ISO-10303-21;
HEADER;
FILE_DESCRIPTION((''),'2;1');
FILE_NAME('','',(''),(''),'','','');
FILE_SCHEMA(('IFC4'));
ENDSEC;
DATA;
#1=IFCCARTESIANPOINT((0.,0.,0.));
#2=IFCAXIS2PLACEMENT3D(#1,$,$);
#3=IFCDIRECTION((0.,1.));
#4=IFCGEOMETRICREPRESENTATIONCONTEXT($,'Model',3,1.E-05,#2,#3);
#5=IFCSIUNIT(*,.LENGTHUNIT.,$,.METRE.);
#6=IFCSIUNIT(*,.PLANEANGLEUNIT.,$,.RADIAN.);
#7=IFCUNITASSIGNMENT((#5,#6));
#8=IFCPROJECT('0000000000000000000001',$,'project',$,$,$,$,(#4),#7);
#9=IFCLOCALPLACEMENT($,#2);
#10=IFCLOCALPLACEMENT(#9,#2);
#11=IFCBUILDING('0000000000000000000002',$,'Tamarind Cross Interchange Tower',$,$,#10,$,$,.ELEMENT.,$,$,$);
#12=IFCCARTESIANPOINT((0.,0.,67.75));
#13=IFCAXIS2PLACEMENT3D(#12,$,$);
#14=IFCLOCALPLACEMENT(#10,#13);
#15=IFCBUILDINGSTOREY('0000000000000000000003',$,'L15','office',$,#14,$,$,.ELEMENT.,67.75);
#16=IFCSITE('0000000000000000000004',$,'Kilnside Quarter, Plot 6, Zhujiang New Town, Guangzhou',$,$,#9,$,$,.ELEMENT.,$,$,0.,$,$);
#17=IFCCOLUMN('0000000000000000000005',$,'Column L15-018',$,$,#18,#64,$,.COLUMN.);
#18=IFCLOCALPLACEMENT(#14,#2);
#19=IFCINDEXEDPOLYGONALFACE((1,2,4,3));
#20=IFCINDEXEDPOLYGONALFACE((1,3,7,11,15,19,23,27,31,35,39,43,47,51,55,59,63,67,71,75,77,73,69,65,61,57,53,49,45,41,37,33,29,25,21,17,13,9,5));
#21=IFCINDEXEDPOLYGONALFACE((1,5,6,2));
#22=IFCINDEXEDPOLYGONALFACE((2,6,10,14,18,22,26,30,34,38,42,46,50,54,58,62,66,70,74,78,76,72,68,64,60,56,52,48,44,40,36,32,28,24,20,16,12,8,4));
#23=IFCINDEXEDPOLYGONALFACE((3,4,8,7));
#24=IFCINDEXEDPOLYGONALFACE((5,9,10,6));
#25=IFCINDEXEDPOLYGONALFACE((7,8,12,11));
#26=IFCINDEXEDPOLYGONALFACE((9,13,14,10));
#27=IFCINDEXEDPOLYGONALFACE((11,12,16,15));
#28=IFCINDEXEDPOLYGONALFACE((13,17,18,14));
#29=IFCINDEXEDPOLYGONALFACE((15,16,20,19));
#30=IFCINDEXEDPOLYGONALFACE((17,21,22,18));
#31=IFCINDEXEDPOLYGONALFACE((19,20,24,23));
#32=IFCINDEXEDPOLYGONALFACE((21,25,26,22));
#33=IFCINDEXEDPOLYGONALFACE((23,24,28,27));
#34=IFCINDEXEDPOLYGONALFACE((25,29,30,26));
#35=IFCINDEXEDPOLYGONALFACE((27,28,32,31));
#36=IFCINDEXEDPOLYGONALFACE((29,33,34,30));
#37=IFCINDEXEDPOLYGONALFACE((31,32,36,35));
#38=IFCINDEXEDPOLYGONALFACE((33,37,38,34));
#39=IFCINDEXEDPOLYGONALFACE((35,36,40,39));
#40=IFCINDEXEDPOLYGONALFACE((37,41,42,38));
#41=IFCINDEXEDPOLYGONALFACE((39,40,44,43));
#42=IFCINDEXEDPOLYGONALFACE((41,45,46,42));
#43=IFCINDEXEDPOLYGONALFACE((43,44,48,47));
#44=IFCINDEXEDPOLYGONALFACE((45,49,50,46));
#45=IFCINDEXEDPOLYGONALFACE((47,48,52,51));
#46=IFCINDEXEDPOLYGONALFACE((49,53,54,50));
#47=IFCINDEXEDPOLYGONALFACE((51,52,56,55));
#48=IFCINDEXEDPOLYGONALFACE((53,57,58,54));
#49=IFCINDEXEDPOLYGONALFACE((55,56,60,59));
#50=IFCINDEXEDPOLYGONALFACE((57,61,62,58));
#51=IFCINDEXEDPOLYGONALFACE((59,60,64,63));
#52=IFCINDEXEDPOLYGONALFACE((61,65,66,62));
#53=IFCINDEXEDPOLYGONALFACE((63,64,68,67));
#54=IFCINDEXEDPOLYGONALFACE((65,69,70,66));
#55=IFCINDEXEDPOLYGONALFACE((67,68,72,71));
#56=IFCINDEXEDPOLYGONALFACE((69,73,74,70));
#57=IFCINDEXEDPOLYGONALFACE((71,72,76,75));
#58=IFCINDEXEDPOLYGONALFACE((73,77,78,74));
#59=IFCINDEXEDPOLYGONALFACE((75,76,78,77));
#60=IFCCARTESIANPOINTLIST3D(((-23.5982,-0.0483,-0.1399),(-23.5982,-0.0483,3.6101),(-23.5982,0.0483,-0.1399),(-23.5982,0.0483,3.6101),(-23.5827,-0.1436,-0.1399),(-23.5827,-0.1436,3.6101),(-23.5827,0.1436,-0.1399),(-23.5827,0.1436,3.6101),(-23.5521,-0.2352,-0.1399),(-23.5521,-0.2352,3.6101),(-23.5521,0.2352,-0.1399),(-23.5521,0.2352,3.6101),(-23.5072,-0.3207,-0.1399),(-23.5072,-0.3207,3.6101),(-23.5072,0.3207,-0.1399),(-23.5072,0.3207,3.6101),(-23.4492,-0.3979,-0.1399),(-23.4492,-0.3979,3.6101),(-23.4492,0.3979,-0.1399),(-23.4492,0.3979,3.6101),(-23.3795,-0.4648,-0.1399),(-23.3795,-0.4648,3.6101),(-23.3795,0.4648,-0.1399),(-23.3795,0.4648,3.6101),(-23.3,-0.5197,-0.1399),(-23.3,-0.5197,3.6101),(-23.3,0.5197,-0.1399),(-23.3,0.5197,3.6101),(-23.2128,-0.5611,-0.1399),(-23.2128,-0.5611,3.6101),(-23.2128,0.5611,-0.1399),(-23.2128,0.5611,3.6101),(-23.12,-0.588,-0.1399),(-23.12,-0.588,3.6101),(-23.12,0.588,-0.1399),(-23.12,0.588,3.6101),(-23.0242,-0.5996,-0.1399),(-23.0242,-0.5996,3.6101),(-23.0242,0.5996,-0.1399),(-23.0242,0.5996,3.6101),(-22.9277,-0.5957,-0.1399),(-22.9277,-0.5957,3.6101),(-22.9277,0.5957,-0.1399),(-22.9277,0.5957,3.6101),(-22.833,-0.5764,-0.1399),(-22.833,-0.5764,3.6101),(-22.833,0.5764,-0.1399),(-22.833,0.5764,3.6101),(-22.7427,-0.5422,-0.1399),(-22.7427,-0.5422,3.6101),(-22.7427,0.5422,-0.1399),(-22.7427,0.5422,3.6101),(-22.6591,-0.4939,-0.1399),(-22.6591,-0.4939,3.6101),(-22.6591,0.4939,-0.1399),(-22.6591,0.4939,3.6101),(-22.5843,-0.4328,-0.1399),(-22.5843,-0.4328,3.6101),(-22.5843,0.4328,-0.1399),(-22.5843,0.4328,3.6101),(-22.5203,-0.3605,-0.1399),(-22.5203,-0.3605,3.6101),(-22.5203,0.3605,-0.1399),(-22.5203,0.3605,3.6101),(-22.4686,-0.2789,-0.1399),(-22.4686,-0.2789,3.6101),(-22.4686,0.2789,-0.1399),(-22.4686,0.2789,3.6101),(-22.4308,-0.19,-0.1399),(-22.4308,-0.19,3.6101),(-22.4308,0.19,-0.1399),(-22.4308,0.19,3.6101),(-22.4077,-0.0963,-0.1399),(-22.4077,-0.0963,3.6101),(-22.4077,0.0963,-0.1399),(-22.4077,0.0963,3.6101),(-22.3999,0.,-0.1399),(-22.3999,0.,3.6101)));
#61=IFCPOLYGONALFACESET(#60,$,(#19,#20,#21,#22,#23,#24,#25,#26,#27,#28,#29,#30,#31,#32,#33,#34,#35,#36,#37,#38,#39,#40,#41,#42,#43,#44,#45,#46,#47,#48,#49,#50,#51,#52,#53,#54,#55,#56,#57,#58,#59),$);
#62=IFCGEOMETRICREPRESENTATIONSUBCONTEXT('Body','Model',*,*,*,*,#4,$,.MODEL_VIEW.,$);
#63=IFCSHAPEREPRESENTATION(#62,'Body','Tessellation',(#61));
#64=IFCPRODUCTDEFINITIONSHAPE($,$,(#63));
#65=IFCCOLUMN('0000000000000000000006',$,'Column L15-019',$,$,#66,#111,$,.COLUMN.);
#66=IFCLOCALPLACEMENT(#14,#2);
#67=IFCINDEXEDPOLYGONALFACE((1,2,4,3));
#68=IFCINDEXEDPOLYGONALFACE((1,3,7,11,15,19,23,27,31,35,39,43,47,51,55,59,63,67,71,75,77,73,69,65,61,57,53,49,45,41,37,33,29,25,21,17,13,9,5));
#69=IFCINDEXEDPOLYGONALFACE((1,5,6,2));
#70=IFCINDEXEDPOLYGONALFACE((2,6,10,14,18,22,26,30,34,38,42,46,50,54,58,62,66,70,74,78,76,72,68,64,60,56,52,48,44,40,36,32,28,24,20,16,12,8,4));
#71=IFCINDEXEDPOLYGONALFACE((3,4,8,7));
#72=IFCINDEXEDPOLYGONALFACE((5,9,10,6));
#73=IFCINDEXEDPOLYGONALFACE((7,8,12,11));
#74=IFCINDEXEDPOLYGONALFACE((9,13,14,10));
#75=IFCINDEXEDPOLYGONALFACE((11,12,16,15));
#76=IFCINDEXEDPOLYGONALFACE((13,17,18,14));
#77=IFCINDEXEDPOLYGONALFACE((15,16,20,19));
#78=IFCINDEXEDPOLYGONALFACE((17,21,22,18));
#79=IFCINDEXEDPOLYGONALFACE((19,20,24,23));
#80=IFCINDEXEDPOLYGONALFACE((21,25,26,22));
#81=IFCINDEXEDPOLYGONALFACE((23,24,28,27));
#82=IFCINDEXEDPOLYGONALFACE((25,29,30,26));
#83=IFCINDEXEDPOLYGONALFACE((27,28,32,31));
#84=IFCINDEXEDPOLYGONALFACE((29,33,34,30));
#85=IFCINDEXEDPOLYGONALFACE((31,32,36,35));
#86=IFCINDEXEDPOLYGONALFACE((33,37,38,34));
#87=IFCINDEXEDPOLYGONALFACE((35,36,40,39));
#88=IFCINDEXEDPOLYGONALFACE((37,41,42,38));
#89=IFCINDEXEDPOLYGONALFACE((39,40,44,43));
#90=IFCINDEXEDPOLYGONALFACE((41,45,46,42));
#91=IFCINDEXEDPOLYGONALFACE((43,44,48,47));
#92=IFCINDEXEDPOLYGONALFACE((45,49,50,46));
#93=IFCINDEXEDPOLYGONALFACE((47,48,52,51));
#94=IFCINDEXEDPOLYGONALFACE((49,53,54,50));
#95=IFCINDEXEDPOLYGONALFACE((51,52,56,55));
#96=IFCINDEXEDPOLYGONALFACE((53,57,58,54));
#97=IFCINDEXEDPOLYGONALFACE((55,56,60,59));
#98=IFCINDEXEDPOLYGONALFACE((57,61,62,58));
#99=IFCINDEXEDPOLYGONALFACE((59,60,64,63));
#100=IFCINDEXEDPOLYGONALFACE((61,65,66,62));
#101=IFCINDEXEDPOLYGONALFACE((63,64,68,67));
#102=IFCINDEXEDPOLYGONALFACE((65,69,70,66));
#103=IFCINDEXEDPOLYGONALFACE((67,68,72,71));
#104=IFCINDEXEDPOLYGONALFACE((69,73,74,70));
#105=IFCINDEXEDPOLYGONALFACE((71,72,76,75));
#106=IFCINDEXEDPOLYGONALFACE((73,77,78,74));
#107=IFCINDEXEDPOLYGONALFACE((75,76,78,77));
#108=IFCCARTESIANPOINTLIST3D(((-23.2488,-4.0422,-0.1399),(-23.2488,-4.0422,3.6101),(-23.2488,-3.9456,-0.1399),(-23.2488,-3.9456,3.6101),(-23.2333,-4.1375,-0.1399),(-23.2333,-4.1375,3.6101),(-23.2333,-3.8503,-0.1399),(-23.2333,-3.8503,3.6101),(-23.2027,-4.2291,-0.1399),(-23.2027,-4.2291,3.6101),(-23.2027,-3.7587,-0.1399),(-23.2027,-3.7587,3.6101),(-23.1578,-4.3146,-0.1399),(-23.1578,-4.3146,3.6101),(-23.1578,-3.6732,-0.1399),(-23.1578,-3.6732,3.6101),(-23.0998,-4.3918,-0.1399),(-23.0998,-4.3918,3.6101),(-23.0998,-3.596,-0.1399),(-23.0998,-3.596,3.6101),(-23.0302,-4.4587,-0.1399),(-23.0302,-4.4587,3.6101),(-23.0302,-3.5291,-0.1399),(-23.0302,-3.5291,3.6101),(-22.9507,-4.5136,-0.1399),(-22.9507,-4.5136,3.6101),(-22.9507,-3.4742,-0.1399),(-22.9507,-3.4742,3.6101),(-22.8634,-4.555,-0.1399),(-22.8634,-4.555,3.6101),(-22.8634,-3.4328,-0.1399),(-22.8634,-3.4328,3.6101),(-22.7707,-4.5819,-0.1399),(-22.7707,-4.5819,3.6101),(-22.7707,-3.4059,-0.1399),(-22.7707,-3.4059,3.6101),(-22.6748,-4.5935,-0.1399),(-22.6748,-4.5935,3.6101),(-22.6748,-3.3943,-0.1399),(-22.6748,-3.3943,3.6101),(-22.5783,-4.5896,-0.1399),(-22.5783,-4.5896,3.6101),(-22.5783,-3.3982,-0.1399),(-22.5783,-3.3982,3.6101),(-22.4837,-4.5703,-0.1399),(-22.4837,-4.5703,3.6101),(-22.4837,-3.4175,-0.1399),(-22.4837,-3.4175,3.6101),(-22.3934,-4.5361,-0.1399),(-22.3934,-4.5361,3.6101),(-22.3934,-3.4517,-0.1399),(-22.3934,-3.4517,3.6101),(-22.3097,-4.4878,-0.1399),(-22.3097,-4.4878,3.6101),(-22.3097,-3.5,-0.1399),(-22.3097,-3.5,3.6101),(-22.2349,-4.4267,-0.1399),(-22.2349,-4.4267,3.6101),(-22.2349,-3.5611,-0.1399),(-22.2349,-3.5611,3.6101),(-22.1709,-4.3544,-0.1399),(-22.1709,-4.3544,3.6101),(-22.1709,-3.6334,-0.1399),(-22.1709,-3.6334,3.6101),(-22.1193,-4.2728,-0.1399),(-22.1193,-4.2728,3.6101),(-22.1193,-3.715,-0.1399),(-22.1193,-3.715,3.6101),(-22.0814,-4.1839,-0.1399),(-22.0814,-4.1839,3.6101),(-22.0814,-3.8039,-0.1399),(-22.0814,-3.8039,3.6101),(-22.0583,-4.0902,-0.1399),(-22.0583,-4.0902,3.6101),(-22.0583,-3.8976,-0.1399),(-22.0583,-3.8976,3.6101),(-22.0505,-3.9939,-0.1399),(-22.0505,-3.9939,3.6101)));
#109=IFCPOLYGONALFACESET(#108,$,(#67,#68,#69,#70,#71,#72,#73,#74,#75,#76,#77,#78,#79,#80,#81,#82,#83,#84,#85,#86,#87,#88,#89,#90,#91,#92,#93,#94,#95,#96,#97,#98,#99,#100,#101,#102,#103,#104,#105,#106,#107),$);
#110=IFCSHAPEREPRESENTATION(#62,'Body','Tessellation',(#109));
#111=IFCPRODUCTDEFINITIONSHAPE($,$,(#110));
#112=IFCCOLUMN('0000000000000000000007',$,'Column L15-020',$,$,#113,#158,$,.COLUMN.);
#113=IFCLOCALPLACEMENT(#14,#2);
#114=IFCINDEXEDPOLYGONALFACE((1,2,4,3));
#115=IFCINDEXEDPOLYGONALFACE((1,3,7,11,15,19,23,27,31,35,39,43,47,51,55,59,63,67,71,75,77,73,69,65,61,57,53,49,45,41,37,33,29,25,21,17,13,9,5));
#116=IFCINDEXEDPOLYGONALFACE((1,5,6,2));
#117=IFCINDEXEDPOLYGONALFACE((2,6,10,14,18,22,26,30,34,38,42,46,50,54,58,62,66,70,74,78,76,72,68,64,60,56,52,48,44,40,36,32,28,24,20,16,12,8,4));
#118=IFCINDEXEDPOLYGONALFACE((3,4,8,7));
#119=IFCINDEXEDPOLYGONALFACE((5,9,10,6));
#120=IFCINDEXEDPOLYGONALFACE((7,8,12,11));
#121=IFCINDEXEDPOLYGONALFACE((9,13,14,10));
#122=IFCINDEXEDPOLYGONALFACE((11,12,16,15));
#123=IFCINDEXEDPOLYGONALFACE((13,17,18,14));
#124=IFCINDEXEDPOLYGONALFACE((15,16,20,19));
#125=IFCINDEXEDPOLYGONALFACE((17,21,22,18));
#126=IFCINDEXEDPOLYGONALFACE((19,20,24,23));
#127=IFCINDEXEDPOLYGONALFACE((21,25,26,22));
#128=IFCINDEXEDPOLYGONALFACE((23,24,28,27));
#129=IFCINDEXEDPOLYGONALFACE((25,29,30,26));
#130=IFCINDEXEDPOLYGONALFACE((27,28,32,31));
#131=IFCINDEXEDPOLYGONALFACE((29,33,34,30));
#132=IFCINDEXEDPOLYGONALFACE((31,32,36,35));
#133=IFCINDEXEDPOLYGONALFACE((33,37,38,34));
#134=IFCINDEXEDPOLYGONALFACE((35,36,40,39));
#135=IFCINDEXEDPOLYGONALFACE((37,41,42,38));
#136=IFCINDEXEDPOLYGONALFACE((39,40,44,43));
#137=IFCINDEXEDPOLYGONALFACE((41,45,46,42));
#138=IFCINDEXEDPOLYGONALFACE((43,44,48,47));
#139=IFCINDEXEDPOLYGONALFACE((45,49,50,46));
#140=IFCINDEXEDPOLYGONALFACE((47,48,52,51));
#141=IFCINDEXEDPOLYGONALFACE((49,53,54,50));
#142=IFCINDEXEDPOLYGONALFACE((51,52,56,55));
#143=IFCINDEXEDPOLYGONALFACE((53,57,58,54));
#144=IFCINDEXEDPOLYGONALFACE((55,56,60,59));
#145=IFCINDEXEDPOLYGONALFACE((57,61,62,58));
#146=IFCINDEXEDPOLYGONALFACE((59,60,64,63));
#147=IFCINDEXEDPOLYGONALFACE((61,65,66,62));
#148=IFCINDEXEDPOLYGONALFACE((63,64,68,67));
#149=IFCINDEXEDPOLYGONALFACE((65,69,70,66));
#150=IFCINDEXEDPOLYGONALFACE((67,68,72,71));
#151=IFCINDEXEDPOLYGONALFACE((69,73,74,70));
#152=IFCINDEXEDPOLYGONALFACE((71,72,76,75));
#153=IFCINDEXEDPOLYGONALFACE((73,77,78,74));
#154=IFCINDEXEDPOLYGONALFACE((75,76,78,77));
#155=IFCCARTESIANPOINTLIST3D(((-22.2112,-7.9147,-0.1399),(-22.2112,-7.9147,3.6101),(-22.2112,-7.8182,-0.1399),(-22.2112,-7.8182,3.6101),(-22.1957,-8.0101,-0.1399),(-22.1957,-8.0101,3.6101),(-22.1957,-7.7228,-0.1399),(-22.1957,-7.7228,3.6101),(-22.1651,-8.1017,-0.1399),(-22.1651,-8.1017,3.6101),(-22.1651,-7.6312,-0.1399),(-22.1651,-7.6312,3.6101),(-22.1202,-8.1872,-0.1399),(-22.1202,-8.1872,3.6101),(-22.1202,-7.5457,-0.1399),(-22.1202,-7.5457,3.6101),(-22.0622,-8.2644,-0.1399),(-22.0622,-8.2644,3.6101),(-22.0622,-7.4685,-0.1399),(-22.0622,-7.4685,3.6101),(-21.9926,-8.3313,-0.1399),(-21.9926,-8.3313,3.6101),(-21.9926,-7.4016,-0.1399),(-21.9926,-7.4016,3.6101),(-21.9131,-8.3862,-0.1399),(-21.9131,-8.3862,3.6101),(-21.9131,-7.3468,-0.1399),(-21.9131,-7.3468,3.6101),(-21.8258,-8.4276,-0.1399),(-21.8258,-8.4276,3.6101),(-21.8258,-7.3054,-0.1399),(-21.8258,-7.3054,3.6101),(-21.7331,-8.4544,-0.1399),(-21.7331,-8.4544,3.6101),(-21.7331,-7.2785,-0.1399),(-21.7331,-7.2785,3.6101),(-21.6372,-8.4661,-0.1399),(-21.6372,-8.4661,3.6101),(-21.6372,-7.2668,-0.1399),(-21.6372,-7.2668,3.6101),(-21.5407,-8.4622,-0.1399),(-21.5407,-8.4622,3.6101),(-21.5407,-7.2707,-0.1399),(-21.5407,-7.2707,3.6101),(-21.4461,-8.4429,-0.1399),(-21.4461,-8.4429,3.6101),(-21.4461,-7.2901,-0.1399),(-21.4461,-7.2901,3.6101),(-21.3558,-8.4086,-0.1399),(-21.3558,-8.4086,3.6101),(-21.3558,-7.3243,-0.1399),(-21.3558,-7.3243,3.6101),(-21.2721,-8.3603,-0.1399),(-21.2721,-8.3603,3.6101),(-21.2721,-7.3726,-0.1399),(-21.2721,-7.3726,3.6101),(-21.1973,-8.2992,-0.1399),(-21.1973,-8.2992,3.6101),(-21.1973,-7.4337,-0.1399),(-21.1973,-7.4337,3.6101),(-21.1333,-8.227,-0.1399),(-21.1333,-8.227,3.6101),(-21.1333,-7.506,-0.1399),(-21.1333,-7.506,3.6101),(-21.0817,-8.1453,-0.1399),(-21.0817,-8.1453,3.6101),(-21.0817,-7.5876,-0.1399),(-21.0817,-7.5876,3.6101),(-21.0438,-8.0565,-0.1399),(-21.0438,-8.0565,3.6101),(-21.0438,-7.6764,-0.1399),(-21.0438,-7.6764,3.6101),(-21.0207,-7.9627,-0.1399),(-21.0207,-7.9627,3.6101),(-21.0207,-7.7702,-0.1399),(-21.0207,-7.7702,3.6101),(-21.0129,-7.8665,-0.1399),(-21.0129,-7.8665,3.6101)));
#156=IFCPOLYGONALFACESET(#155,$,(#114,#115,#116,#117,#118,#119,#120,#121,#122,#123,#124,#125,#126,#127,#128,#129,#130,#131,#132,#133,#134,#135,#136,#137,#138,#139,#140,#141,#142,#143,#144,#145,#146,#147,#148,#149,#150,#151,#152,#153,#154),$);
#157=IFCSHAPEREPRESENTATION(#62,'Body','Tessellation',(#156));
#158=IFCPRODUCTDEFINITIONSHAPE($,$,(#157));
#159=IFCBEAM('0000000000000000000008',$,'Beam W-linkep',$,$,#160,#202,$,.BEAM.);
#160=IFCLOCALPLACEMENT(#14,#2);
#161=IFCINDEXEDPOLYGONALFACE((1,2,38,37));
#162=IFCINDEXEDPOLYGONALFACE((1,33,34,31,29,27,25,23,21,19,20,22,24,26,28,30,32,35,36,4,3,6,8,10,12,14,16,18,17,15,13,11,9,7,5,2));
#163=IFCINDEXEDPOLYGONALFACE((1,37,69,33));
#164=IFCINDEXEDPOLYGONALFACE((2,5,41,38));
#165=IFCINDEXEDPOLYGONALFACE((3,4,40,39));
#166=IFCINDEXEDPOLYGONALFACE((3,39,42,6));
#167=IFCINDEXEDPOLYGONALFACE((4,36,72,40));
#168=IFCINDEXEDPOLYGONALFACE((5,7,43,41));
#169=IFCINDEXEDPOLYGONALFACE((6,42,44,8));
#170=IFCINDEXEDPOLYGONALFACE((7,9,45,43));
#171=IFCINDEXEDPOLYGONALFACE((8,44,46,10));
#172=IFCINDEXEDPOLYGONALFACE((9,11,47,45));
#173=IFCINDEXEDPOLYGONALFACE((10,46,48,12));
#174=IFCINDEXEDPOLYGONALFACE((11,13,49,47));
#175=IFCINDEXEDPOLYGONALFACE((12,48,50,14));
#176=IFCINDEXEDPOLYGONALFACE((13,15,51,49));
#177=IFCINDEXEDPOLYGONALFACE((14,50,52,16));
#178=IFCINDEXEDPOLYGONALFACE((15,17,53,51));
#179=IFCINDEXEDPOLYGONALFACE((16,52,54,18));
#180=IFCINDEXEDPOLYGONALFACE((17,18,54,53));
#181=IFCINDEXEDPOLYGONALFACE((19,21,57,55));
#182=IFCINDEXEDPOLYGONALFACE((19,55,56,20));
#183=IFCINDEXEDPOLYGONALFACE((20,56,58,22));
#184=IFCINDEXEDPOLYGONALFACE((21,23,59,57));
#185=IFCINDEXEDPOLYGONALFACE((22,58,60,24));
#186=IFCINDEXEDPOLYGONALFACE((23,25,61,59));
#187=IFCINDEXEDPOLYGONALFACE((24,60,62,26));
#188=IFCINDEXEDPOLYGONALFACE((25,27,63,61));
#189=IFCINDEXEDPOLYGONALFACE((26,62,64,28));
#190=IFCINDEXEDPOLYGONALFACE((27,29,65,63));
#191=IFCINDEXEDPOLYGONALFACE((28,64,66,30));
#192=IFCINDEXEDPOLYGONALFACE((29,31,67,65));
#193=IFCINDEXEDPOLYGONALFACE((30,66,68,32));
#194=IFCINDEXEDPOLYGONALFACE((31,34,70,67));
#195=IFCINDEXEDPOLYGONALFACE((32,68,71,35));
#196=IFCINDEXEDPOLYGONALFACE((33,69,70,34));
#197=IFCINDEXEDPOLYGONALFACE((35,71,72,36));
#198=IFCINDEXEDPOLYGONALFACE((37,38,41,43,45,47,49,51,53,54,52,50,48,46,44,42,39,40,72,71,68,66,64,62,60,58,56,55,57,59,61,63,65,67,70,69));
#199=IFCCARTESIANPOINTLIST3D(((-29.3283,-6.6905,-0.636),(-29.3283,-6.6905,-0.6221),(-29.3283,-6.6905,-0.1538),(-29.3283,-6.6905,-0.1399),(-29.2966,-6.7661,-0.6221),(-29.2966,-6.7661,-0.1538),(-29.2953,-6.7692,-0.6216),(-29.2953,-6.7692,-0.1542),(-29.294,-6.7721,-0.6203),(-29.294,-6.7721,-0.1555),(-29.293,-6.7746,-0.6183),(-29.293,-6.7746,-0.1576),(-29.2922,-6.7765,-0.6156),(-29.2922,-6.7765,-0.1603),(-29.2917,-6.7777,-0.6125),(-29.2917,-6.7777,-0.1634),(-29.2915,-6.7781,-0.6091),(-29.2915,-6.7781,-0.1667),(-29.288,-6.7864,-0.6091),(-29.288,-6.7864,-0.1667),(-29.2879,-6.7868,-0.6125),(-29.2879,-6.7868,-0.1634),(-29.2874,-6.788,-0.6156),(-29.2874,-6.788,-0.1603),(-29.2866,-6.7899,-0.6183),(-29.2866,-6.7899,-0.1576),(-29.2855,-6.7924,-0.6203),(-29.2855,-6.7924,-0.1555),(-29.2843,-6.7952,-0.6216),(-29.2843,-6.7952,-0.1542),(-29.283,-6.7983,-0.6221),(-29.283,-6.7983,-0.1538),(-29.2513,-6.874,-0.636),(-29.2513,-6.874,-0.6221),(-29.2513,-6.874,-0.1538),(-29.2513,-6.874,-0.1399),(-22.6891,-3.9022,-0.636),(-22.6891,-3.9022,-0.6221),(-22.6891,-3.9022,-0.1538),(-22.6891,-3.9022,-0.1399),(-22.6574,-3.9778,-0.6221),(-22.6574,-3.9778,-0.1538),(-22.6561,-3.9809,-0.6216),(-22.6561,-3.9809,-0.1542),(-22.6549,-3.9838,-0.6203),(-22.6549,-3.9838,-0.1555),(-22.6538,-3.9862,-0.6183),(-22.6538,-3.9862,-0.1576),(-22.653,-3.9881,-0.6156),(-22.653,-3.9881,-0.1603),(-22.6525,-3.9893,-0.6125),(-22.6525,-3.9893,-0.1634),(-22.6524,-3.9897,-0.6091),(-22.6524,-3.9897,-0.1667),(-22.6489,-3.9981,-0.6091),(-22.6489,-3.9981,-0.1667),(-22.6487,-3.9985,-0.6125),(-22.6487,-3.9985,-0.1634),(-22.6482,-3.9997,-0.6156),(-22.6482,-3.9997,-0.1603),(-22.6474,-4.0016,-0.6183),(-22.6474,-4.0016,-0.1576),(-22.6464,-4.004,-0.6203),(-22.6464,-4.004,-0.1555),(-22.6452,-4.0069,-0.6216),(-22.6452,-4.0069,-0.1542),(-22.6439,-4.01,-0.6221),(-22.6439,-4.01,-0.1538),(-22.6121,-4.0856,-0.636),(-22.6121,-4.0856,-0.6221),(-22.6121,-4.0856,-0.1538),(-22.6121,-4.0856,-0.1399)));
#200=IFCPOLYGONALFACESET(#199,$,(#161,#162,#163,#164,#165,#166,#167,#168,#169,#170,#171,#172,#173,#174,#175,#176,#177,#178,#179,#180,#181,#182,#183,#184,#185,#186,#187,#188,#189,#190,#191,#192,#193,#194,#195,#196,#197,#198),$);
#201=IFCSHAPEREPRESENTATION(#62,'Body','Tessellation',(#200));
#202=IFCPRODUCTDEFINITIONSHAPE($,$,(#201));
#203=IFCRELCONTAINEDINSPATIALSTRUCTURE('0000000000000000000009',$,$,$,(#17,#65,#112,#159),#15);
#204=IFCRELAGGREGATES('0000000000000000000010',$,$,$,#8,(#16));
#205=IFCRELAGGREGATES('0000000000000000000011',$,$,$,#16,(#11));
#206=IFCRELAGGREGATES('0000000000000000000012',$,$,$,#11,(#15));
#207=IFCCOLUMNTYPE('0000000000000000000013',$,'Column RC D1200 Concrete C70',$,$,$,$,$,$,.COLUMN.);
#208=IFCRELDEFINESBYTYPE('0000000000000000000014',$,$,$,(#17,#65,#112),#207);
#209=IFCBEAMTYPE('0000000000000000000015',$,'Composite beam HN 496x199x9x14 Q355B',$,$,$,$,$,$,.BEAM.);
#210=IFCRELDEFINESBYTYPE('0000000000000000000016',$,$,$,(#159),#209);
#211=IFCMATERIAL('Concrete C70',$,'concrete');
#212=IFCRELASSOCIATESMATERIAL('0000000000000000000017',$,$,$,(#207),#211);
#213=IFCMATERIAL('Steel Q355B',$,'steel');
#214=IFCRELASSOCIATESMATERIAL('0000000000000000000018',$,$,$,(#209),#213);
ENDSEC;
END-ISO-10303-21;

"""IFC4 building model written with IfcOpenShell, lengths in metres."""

from ifc_helpers import new_model, si_unit, direction, frame, origin, origin_2d, place, context, subcontext, project, spatial, circle, i_section, extrude, material, material_profile, profile_set, type_object, element, save


model = new_model("IFC4")

# Units and contexts
model_context = context("Model", 3, precision=1e-05, world=origin(), true_north=direction((0.0, 1.0)))
body_context = subcontext(model_context, "Body", "Model", "MODEL_VIEW")
ifc_project = project(units=[si_unit("LENGTHUNIT", "METRE"), si_unit("PLANEANGLEUNIT", "RADIAN")], contexts=[model_context])

# Site, building, storey
site_placement = place(None, origin())
site = spatial("IfcSite", under=ifc_project, at=site_placement, Name="Kilnside Quarter, Plot 6, Zhujiang New Town, Guangzhou", CompositionType="ELEMENT", RefElevation=0.0)
building_placement = place(site_placement, origin())
building = spatial("IfcBuilding", under=site, at=building_placement, Name="Tamarind Cross Interchange Tower", CompositionType="ELEMENT")
storey_placement = place(building_placement, frame((0.0, 0.0, 67.75)))
storey = spatial("IfcBuildingStorey", under=building, at=storey_placement, Name="L15", Description="office", CompositionType="ELEMENT", Elevation=67.75)

# Columns
ifc_material_1 = material(Name="Concrete C70", Category="concrete")
ifc_material_profile_1 = material_profile(ifc_material_1, circle(Radius=0.6001, at=origin_2d()), Name="RC D1200")
ifc_profile_set_1 = profile_set([ifc_material_profile_1], Name="Concrete C70")
column_type = type_object("IfcColumnType", Name="Column RC D1200 Concrete C70", PredefinedType="COLUMN", material=ifc_profile_set_1)
for number, where, z_axis, x_axis, name in (
    (1, (-23.0, 0.0, -0.1399), (0.0, 0.0, 1.0), (1.0, 0.0, 0.0), "Column L15-018"),
    (2, (-22.6506, -3.9939, -0.1399), (0.0, 0.0, 1.0), (1.0, 0.0, 0.0), "Column L15-019"),
    (3, (-21.613, -7.8665, -0.1399), (0.0, 0.0, 1.0), (1.0, 0.0, 0.0), "Column L15-020"),
):
    element("IfcColumn", number, at=place(storey_placement, frame(where, z_axis=z_axis, x_axis=x_axis)), inside=storey, type_object=column_type, Name=name, PredefinedType="COLUMN", context=body_context, shape_type="SweptSolid", body=[
        extrude(circle(Radius=0.6001, at=origin_2d()), origin(), (0.0, 0.0, 1.0), 3.75),
    ])

# Beam
ifc_material_2 = material(Name="Steel Q355B", Category="steel")
ifc_material_profile_2 = material_profile(ifc_material_2, i_section(OverallWidth=0.199, OverallDepth=0.4961, WebThickness=0.009, FlangeThickness=0.0139, FilletRadius=0.0129, at=origin_2d()), Name="HN 496x199x9x14")
ifc_profile_set_2 = profile_set([ifc_material_profile_2], Name="Steel Q355B")
beam_type_1 = type_object("IfcBeamType", Name="Composite beam HN 496x199x9x14 Q355B", PredefinedType="BEAM", material=ifc_profile_set_2)
beam_1_placement = place(storey_placement, frame((-29.2898, -6.7822, -0.3879), z_axis=(0.921988, 0.387219, 0.0), x_axis=(-0.387219, 0.921988, 0.0)))
element("IfcBeam", 4, at=beam_1_placement, inside=storey, type_object=beam_type_1, Name="Beam W-linkep", PredefinedType="BEAM", context=body_context, shape_type="SweptSolid", body=[
    extrude(i_section(OverallWidth=0.199, OverallDepth=0.4961, WebThickness=0.009, FlangeThickness=0.0139, FilletRadius=0.0129, at=origin_2d()), origin(), (0.0, 0.0, 1.0), 7.2009),
])

save(model, "model.ifc")
